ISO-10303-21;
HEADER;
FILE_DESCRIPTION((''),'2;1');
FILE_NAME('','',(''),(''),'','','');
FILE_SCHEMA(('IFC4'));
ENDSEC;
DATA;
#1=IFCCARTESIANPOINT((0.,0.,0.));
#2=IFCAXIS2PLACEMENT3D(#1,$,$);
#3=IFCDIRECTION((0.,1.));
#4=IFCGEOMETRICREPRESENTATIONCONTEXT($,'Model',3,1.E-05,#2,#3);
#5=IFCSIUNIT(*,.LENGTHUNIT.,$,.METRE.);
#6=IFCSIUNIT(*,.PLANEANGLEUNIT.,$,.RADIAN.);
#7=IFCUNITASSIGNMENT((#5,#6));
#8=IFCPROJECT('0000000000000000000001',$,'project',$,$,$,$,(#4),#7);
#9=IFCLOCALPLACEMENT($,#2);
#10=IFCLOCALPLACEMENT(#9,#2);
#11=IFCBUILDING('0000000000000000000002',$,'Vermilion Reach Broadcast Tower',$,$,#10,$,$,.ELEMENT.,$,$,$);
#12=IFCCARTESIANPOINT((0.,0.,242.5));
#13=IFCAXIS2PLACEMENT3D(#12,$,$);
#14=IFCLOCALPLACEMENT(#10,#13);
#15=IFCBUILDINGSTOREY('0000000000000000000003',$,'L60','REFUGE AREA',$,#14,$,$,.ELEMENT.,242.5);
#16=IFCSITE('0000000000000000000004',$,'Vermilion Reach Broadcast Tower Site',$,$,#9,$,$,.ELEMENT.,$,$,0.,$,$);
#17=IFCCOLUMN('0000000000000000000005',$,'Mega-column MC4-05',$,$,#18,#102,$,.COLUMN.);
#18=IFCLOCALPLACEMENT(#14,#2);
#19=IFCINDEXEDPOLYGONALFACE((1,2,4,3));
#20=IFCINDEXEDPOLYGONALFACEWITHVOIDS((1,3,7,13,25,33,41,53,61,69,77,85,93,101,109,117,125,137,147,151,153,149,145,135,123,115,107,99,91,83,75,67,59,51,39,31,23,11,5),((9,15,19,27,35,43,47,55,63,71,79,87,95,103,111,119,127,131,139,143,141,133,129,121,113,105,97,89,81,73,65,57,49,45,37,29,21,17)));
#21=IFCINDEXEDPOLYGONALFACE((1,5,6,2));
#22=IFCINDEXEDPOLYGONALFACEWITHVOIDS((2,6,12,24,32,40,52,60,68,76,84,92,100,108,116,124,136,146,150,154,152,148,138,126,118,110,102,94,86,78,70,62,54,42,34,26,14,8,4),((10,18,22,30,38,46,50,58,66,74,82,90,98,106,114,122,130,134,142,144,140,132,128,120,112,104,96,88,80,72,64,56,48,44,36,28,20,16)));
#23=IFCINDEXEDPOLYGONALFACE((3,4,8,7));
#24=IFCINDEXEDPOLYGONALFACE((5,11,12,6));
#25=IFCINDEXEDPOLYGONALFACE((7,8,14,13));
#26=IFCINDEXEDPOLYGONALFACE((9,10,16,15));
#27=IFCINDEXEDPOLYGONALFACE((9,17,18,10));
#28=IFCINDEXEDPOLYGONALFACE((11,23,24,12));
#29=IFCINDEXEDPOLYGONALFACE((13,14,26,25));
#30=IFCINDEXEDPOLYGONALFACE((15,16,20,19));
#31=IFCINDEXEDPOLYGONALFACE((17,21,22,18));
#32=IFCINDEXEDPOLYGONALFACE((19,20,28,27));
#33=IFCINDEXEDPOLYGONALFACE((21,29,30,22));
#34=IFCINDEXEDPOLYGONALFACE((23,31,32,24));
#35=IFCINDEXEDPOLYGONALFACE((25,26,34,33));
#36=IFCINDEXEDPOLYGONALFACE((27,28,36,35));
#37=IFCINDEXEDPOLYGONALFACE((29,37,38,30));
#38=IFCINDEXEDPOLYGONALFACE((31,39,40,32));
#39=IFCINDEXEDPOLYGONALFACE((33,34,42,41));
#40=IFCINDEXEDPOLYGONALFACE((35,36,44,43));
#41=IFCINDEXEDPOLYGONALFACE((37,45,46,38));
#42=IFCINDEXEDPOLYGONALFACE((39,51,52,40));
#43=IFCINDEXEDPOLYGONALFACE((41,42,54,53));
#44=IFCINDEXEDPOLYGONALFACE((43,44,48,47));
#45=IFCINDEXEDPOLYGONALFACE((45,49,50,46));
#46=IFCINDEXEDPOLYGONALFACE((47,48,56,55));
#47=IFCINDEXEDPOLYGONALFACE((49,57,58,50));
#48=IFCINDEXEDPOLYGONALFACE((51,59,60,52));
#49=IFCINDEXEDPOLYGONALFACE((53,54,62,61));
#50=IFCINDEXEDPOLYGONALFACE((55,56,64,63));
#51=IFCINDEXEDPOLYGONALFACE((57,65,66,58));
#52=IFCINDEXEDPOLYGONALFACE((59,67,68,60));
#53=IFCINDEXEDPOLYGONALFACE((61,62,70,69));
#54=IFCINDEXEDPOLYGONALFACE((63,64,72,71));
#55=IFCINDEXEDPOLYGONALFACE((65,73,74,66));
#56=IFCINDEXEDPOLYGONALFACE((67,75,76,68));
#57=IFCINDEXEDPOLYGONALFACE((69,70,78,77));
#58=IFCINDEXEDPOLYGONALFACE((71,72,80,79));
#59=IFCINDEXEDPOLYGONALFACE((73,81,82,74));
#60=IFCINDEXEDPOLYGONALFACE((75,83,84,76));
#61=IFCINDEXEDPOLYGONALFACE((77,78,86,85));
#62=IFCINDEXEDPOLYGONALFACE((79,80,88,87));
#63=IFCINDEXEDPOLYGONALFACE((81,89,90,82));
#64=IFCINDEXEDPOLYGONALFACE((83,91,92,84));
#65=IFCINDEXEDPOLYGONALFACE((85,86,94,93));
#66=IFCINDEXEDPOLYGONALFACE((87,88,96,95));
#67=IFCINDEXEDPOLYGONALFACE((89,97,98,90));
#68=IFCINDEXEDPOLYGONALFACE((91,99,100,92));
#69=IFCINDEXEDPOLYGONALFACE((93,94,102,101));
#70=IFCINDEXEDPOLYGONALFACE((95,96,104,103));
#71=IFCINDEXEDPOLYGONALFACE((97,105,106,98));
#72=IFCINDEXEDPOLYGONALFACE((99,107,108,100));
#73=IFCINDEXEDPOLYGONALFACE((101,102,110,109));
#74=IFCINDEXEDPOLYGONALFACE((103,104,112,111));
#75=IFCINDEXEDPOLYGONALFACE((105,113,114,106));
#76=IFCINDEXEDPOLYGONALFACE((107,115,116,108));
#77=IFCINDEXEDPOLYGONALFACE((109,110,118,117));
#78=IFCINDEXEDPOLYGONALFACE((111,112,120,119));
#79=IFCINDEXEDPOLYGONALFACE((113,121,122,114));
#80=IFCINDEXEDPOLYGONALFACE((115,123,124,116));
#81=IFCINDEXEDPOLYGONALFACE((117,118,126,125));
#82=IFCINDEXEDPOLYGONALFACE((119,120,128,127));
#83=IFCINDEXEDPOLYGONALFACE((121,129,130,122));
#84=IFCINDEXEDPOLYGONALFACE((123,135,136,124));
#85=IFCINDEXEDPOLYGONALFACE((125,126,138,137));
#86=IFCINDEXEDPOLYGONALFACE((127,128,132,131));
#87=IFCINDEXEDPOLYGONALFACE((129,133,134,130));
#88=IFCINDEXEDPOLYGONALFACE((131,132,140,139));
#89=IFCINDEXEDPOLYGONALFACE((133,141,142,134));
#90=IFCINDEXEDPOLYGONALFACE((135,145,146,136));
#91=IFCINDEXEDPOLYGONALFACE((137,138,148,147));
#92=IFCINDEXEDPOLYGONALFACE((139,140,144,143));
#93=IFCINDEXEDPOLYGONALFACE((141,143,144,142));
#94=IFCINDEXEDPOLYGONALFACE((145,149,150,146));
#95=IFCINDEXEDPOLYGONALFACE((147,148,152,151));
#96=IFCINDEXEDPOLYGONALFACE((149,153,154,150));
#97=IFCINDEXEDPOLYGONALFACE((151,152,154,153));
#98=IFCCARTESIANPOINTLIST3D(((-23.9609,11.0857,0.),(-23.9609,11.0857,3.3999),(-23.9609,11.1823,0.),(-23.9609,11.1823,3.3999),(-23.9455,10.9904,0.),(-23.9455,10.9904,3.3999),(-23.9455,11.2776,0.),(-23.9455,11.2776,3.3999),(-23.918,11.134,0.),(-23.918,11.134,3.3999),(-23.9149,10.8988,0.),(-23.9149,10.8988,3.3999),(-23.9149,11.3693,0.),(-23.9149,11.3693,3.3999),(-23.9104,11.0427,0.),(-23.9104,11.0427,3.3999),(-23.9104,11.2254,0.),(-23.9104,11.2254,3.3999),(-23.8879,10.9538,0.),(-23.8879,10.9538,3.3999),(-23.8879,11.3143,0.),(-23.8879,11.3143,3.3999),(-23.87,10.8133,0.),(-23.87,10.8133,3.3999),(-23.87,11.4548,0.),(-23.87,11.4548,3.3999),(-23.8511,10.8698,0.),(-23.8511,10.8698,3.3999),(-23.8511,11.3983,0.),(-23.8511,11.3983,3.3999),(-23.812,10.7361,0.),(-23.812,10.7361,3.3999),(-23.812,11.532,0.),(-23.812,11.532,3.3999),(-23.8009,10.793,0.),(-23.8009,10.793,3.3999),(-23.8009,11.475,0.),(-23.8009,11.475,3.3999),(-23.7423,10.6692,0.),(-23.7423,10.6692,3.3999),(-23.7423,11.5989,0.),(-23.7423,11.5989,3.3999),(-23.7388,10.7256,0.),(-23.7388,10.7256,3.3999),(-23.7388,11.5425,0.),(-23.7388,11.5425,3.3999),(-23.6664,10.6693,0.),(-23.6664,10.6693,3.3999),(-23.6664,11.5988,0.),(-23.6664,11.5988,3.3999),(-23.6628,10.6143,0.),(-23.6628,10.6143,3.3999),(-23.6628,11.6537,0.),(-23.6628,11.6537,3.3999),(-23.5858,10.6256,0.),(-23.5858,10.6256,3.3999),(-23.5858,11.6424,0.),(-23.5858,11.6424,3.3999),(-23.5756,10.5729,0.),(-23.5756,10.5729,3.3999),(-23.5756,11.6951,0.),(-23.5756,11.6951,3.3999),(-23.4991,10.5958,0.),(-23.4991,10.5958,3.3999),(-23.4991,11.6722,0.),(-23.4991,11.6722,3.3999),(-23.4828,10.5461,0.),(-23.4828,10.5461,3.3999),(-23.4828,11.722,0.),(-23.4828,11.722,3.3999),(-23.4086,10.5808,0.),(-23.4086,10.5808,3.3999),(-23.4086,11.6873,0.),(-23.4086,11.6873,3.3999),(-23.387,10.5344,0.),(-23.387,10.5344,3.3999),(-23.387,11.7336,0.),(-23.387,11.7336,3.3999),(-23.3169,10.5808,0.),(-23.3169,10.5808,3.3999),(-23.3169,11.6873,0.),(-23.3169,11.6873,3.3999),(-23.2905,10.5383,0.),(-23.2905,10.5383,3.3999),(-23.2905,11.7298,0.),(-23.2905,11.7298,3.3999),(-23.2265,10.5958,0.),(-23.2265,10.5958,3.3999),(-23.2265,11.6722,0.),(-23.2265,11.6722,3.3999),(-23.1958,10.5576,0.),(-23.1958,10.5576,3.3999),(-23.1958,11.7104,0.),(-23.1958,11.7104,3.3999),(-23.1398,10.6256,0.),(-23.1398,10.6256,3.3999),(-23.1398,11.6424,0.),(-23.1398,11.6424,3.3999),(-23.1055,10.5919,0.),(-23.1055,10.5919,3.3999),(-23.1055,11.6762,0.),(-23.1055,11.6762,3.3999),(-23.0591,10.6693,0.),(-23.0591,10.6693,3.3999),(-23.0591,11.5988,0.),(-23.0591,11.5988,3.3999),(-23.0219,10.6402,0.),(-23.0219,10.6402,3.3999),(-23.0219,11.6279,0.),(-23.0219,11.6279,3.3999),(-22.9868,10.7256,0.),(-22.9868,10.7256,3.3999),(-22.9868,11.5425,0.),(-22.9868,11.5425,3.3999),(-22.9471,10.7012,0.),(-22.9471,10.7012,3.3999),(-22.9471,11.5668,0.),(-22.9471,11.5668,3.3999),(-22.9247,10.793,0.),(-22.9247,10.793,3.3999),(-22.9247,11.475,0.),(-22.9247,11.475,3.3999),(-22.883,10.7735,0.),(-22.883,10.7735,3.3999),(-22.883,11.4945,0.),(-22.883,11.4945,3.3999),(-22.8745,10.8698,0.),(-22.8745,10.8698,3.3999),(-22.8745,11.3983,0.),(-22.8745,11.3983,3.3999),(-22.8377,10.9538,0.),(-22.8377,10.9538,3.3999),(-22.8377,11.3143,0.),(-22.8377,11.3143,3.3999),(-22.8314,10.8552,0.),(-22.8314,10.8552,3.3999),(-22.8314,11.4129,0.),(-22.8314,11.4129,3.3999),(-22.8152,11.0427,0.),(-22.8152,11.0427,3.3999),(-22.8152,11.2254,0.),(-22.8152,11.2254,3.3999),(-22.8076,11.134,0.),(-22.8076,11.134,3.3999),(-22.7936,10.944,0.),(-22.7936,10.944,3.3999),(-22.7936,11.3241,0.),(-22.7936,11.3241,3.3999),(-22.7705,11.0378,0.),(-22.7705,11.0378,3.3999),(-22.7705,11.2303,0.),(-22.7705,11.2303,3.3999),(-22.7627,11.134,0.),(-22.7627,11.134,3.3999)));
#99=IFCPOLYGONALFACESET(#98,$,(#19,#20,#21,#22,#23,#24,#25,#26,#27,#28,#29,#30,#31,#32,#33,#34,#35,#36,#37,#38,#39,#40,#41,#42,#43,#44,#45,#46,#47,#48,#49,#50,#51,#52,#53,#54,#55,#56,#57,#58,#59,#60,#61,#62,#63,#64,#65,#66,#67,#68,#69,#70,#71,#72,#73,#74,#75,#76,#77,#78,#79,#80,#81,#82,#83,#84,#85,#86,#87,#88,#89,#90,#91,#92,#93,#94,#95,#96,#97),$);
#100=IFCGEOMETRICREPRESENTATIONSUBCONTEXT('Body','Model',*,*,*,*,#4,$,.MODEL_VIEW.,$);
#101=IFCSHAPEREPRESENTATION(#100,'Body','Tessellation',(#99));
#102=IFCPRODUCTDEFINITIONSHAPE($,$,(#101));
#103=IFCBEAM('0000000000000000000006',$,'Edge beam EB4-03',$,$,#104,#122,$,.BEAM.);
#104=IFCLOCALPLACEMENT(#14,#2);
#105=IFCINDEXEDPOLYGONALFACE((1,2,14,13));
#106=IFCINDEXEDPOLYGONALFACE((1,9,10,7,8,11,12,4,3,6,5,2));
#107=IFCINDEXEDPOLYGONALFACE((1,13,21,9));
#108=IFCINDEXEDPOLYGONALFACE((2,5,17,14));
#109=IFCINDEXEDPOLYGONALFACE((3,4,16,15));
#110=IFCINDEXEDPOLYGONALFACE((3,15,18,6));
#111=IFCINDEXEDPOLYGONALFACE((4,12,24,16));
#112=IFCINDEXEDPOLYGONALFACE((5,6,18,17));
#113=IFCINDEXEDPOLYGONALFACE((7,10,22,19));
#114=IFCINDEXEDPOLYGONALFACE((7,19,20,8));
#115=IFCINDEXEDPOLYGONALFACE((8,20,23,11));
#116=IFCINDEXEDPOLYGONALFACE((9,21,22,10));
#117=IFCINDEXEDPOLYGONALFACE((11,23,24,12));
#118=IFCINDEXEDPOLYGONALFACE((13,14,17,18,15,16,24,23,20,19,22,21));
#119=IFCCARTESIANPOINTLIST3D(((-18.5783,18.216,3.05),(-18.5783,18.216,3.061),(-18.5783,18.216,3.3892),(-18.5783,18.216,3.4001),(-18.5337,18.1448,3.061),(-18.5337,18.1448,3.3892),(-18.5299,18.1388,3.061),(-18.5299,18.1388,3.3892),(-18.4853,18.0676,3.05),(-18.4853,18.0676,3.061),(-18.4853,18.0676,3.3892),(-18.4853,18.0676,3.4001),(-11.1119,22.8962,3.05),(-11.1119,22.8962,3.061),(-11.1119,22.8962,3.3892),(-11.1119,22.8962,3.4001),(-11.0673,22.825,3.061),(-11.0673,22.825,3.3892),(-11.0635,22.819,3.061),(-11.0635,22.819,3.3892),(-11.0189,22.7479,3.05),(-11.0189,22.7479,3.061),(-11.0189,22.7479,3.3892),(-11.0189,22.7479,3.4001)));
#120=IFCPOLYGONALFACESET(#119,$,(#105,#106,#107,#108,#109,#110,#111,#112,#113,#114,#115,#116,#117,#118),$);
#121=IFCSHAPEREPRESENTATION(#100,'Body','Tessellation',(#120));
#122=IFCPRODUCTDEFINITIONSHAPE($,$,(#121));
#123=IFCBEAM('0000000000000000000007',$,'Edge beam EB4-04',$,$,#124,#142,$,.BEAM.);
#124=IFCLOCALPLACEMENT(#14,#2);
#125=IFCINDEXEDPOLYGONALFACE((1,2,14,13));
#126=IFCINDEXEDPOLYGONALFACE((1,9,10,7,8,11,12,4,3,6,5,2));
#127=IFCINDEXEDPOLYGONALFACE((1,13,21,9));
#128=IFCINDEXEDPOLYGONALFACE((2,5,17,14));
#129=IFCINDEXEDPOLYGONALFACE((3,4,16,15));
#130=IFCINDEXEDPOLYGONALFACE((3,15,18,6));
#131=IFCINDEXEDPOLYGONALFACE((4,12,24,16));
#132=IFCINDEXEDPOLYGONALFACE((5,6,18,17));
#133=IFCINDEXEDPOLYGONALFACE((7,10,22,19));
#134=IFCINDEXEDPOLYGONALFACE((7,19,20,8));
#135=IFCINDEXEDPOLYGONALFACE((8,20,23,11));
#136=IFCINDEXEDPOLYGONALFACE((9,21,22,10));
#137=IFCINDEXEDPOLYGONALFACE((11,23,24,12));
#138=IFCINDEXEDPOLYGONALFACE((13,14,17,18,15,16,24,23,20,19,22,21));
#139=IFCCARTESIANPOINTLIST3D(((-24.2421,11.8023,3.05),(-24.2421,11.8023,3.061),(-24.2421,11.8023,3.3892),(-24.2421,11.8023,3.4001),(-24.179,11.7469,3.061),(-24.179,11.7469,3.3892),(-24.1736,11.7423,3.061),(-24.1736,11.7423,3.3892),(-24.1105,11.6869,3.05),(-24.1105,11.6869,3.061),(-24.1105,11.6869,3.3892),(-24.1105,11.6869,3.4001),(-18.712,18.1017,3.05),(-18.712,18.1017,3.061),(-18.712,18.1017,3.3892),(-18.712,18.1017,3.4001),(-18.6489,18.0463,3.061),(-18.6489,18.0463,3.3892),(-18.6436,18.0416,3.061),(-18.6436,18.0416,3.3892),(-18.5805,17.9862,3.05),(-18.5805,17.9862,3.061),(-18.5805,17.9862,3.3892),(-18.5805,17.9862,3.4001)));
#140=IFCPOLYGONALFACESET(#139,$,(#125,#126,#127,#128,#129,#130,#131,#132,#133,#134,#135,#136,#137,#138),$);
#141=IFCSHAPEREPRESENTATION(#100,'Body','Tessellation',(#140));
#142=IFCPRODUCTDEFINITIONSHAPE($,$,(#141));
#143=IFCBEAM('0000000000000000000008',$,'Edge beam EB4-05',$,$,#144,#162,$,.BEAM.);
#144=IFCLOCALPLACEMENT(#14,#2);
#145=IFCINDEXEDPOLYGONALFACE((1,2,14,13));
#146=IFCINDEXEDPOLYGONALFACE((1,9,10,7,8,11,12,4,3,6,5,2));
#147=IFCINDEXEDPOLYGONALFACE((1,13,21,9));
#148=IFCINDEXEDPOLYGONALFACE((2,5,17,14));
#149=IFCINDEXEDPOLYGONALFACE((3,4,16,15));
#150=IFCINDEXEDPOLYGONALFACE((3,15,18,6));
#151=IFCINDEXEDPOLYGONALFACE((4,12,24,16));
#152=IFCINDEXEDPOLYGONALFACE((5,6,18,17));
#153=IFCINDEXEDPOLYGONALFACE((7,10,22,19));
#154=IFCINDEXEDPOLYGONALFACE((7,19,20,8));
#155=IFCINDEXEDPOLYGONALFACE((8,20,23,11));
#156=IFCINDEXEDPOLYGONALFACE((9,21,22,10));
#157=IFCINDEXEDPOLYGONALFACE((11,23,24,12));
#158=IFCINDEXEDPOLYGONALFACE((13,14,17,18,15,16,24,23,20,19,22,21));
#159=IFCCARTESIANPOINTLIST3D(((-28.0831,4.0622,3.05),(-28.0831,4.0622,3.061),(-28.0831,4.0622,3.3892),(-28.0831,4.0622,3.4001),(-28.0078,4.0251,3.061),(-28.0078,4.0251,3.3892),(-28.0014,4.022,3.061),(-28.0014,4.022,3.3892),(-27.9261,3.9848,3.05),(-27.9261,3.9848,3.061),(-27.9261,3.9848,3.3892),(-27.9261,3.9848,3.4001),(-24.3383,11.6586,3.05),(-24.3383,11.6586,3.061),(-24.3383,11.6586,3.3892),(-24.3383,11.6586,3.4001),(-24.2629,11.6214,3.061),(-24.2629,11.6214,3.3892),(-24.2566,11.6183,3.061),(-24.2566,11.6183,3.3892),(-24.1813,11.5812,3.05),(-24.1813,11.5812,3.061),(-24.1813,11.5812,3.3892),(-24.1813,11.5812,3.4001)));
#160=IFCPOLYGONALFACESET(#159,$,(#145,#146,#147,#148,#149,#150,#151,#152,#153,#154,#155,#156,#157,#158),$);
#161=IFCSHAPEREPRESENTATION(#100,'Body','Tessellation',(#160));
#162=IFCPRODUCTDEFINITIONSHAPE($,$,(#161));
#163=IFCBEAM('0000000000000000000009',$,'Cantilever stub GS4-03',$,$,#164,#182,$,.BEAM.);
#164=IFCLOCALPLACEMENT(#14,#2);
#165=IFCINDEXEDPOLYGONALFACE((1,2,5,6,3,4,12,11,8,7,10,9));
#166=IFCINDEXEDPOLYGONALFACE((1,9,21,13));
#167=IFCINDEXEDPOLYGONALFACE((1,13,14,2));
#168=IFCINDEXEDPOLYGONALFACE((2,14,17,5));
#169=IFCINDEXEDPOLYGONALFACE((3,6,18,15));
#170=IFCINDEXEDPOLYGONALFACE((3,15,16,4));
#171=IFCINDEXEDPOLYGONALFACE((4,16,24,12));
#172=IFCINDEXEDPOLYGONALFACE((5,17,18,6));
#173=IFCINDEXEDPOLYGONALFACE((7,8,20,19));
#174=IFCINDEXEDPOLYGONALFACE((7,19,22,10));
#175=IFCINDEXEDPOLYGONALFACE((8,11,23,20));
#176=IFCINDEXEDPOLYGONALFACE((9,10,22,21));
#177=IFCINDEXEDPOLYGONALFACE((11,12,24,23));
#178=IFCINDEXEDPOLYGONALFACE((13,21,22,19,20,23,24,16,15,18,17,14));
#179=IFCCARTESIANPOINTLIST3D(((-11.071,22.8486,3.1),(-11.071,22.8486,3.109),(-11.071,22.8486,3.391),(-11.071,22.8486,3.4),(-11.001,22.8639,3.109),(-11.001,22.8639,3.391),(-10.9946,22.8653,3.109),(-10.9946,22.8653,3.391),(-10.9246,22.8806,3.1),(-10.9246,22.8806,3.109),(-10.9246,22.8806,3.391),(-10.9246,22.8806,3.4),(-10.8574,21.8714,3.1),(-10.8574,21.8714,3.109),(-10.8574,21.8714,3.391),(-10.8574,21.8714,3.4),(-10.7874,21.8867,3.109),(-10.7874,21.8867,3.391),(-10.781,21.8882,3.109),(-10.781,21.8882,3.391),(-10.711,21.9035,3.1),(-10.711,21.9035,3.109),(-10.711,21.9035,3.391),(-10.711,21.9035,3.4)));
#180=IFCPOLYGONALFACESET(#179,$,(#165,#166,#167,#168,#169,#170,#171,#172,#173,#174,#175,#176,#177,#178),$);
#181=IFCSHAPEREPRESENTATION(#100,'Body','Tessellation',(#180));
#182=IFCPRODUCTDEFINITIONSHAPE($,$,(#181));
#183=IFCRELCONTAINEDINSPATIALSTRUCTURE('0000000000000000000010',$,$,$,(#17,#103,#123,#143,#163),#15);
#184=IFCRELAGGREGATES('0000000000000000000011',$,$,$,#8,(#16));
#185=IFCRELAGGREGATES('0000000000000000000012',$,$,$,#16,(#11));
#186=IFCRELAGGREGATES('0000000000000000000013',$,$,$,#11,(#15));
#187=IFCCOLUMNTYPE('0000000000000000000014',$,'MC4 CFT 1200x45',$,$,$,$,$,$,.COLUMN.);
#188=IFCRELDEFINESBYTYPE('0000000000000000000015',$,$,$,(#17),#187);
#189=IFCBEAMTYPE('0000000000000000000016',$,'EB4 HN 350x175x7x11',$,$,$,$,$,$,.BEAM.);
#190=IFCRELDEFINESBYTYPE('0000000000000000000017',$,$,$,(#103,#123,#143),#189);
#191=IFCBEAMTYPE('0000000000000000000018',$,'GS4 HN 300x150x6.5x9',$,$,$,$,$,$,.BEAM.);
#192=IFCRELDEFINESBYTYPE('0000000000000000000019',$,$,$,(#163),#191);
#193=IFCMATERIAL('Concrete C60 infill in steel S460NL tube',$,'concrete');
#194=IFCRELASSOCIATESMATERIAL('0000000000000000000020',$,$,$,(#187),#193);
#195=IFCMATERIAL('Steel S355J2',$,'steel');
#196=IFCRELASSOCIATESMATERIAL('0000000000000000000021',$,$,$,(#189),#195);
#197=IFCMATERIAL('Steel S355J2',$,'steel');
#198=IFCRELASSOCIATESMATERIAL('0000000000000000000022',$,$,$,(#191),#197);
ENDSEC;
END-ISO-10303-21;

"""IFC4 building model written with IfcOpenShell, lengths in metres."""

from ifc_helpers import new_model, si_unit, direction, frame, origin, origin_2d, place, context, subcontext, project, spatial, hollow_circle, i_section, extrude, material, material_profile, profile_set, type_object, element, save


model = new_model("IFC4")

# Units and contexts
model_context = context("Model", 3, precision=1e-05, world=origin(), true_north=direction((0.0, 1.0)))
body_context = subcontext(model_context, "Body", "Model", "MODEL_VIEW")
ifc_project = project(units=[si_unit("LENGTHUNIT", "METRE"), si_unit("PLANEANGLEUNIT", "RADIAN")], contexts=[model_context])

# Site, building, storey
site_placement = place(None, origin())
site = spatial("IfcSite", under=ifc_project, at=site_placement, Name="Vermilion Reach Broadcast Tower Site", CompositionType="ELEMENT", RefElevation=0.0)
building_placement = place(site_placement, origin())
building = spatial("IfcBuilding", under=site, at=building_placement, Name="Vermilion Reach Broadcast Tower", CompositionType="ELEMENT")
storey_placement = place(building_placement, frame((0.0, 0.0, 242.5)))
storey = spatial("IfcBuildingStorey", under=building, at=storey_placement, Name="L60", Description="REFUGE AREA", CompositionType="ELEMENT", Elevation=242.5)

# Column
ifc_material_1 = material(Name="Concrete C60 infill in steel S460NL tube", Category="concrete")
ifc_material_profile_1 = material_profile(ifc_material_1, hollow_circle(Radius=0.6001, WallThickness=0.0449, at=origin_2d()), Name="Concrete C60 infill in steel S460NL tube CFT 1200x45")
ifc_profile_set_1 = profile_set([ifc_material_profile_1], Name="Concrete C60 infill in steel S460NL tube")
column_type = type_object("IfcColumnType", Name="MC4 CFT 1200x45", PredefinedType="COLUMN", material=ifc_profile_set_1)
for number, where, z_axis, x_axis, name in (
    (1, (-23.3628, 11.134, 0.0), (0.0, 0.0, 1.0), (1.0, 0.0, 0.0), "Mega-column MC4-05"),
):
    element("IfcColumn", number, at=place(storey_placement, frame(where, z_axis=z_axis, x_axis=x_axis)), inside=storey, type_object=column_type, Name=name, PredefinedType="COLUMN", context=body_context, shape_type="SweptSolid", body=[
        extrude(hollow_circle(Radius=0.6001, WallThickness=0.0449, at=origin_2d()), origin(), (0.0, 0.0, 1.0), 3.3999),
    ])

# Beams
ifc_material_2 = material(Name="Steel S355J2", Category="steel")
ifc_material_profile_2 = material_profile(ifc_material_2, i_section(OverallWidth=0.175, OverallDepth=0.3501, WebThickness=0.0071, FlangeThickness=0.011, at=origin_2d()), Name="S355J2 HN 350x175x7x11")
ifc_profile_set_2 = profile_set([ifc_material_profile_2], Name="Steel S355J2")
beam_type_1 = type_object("IfcBeamType", Name="EB4 HN 350x175x7x11", PredefinedType="BEAM", material=ifc_profile_set_2)
beam_1_placement = place(storey_placement, frame((-11.0654, 22.822, 3.2251), z_axis=(-0.847297, -0.531119, 0.0), x_axis=(0.531119, -0.847297, 0.0)))
element("IfcBeam", 2, at=beam_1_placement, inside=storey, type_object=beam_type_1, Name="Edge beam EB4-03", PredefinedType="BEAM", context=body_context, shape_type="SweptSolid", body=[
    extrude(i_section(OverallWidth=0.175, OverallDepth=0.3501, WebThickness=0.0071, FlangeThickness=0.011, at=origin_2d()), origin(), (0.0, 0.0, 1.0), 8.812),
])
beam_2_placement = place(storey_placement, frame((-18.6462, 18.0439, 3.2251), z_axis=(-0.659729, -0.751504, 0.0), x_axis=(0.751504, -0.659729, 0.0)))
element("IfcBeam", 3, at=beam_2_placement, inside=storey, type_object=beam_type_1, Name="Edge beam EB4-04", PredefinedType="BEAM", context=body_context, shape_type="SweptSolid", body=[
    extrude(i_section(OverallWidth=0.175, OverallDepth=0.3501, WebThickness=0.0071, FlangeThickness=0.011, at=origin_2d()), origin(), (0.0, 0.0, 1.0), 8.3823),
])
beam_3_placement = place(storey_placement, frame((-24.2598, 11.6199, 3.2251), z_axis=(-0.442168, -0.896932, 0.0), x_axis=(0.896932, -0.442168, 0.0)))
element("IfcBeam", 4, at=beam_3_placement, inside=storey, type_object=beam_type_1, Name="Edge beam EB4-05", PredefinedType="BEAM", context=body_context, shape_type="SweptSolid", body=[
    extrude(i_section(OverallWidth=0.175, OverallDepth=0.3501, WebThickness=0.0071, FlangeThickness=0.011, at=origin_2d()), origin(), (0.0, 0.0, 1.0), 8.4692),
])
ifc_material_3 = material(Name="Steel S355J2", Category="steel")
ifc_material_profile_3 = material_profile(ifc_material_3, i_section(OverallWidth=0.1499, OverallDepth=0.3, WebThickness=0.0066, FlangeThickness=0.009, at=origin_2d()), Name="S355J2 HN 300x150x6.5x9")
ifc_profile_set_3 = profile_set([ifc_material_profile_3], Name="Steel S355J2")
beam_type_2 = type_object("IfcBeamType", Name="GS4 HN 300x150x6.5x9", PredefinedType="BEAM", material=ifc_profile_set_3)
beam_4_placement = place(storey_placement, frame((-10.7842, 21.8875, 3.25), z_axis=(-0.213595, 0.976922, 0.0), x_axis=(-0.976922, -0.213595, 0.0)))
element("IfcBeam", 5, at=beam_4_placement, inside=storey, type_object=beam_type_2, Name="Cantilever stub GS4-03", PredefinedType="BEAM", context=body_context, shape_type="SweptSolid", body=[
    extrude(i_section(OverallWidth=0.1499, OverallDepth=0.3, WebThickness=0.0066, FlangeThickness=0.009, at=origin_2d()), origin(), (0.0, 0.0, 1.0), 1.0002),
])

save(model, "model.ifc")
